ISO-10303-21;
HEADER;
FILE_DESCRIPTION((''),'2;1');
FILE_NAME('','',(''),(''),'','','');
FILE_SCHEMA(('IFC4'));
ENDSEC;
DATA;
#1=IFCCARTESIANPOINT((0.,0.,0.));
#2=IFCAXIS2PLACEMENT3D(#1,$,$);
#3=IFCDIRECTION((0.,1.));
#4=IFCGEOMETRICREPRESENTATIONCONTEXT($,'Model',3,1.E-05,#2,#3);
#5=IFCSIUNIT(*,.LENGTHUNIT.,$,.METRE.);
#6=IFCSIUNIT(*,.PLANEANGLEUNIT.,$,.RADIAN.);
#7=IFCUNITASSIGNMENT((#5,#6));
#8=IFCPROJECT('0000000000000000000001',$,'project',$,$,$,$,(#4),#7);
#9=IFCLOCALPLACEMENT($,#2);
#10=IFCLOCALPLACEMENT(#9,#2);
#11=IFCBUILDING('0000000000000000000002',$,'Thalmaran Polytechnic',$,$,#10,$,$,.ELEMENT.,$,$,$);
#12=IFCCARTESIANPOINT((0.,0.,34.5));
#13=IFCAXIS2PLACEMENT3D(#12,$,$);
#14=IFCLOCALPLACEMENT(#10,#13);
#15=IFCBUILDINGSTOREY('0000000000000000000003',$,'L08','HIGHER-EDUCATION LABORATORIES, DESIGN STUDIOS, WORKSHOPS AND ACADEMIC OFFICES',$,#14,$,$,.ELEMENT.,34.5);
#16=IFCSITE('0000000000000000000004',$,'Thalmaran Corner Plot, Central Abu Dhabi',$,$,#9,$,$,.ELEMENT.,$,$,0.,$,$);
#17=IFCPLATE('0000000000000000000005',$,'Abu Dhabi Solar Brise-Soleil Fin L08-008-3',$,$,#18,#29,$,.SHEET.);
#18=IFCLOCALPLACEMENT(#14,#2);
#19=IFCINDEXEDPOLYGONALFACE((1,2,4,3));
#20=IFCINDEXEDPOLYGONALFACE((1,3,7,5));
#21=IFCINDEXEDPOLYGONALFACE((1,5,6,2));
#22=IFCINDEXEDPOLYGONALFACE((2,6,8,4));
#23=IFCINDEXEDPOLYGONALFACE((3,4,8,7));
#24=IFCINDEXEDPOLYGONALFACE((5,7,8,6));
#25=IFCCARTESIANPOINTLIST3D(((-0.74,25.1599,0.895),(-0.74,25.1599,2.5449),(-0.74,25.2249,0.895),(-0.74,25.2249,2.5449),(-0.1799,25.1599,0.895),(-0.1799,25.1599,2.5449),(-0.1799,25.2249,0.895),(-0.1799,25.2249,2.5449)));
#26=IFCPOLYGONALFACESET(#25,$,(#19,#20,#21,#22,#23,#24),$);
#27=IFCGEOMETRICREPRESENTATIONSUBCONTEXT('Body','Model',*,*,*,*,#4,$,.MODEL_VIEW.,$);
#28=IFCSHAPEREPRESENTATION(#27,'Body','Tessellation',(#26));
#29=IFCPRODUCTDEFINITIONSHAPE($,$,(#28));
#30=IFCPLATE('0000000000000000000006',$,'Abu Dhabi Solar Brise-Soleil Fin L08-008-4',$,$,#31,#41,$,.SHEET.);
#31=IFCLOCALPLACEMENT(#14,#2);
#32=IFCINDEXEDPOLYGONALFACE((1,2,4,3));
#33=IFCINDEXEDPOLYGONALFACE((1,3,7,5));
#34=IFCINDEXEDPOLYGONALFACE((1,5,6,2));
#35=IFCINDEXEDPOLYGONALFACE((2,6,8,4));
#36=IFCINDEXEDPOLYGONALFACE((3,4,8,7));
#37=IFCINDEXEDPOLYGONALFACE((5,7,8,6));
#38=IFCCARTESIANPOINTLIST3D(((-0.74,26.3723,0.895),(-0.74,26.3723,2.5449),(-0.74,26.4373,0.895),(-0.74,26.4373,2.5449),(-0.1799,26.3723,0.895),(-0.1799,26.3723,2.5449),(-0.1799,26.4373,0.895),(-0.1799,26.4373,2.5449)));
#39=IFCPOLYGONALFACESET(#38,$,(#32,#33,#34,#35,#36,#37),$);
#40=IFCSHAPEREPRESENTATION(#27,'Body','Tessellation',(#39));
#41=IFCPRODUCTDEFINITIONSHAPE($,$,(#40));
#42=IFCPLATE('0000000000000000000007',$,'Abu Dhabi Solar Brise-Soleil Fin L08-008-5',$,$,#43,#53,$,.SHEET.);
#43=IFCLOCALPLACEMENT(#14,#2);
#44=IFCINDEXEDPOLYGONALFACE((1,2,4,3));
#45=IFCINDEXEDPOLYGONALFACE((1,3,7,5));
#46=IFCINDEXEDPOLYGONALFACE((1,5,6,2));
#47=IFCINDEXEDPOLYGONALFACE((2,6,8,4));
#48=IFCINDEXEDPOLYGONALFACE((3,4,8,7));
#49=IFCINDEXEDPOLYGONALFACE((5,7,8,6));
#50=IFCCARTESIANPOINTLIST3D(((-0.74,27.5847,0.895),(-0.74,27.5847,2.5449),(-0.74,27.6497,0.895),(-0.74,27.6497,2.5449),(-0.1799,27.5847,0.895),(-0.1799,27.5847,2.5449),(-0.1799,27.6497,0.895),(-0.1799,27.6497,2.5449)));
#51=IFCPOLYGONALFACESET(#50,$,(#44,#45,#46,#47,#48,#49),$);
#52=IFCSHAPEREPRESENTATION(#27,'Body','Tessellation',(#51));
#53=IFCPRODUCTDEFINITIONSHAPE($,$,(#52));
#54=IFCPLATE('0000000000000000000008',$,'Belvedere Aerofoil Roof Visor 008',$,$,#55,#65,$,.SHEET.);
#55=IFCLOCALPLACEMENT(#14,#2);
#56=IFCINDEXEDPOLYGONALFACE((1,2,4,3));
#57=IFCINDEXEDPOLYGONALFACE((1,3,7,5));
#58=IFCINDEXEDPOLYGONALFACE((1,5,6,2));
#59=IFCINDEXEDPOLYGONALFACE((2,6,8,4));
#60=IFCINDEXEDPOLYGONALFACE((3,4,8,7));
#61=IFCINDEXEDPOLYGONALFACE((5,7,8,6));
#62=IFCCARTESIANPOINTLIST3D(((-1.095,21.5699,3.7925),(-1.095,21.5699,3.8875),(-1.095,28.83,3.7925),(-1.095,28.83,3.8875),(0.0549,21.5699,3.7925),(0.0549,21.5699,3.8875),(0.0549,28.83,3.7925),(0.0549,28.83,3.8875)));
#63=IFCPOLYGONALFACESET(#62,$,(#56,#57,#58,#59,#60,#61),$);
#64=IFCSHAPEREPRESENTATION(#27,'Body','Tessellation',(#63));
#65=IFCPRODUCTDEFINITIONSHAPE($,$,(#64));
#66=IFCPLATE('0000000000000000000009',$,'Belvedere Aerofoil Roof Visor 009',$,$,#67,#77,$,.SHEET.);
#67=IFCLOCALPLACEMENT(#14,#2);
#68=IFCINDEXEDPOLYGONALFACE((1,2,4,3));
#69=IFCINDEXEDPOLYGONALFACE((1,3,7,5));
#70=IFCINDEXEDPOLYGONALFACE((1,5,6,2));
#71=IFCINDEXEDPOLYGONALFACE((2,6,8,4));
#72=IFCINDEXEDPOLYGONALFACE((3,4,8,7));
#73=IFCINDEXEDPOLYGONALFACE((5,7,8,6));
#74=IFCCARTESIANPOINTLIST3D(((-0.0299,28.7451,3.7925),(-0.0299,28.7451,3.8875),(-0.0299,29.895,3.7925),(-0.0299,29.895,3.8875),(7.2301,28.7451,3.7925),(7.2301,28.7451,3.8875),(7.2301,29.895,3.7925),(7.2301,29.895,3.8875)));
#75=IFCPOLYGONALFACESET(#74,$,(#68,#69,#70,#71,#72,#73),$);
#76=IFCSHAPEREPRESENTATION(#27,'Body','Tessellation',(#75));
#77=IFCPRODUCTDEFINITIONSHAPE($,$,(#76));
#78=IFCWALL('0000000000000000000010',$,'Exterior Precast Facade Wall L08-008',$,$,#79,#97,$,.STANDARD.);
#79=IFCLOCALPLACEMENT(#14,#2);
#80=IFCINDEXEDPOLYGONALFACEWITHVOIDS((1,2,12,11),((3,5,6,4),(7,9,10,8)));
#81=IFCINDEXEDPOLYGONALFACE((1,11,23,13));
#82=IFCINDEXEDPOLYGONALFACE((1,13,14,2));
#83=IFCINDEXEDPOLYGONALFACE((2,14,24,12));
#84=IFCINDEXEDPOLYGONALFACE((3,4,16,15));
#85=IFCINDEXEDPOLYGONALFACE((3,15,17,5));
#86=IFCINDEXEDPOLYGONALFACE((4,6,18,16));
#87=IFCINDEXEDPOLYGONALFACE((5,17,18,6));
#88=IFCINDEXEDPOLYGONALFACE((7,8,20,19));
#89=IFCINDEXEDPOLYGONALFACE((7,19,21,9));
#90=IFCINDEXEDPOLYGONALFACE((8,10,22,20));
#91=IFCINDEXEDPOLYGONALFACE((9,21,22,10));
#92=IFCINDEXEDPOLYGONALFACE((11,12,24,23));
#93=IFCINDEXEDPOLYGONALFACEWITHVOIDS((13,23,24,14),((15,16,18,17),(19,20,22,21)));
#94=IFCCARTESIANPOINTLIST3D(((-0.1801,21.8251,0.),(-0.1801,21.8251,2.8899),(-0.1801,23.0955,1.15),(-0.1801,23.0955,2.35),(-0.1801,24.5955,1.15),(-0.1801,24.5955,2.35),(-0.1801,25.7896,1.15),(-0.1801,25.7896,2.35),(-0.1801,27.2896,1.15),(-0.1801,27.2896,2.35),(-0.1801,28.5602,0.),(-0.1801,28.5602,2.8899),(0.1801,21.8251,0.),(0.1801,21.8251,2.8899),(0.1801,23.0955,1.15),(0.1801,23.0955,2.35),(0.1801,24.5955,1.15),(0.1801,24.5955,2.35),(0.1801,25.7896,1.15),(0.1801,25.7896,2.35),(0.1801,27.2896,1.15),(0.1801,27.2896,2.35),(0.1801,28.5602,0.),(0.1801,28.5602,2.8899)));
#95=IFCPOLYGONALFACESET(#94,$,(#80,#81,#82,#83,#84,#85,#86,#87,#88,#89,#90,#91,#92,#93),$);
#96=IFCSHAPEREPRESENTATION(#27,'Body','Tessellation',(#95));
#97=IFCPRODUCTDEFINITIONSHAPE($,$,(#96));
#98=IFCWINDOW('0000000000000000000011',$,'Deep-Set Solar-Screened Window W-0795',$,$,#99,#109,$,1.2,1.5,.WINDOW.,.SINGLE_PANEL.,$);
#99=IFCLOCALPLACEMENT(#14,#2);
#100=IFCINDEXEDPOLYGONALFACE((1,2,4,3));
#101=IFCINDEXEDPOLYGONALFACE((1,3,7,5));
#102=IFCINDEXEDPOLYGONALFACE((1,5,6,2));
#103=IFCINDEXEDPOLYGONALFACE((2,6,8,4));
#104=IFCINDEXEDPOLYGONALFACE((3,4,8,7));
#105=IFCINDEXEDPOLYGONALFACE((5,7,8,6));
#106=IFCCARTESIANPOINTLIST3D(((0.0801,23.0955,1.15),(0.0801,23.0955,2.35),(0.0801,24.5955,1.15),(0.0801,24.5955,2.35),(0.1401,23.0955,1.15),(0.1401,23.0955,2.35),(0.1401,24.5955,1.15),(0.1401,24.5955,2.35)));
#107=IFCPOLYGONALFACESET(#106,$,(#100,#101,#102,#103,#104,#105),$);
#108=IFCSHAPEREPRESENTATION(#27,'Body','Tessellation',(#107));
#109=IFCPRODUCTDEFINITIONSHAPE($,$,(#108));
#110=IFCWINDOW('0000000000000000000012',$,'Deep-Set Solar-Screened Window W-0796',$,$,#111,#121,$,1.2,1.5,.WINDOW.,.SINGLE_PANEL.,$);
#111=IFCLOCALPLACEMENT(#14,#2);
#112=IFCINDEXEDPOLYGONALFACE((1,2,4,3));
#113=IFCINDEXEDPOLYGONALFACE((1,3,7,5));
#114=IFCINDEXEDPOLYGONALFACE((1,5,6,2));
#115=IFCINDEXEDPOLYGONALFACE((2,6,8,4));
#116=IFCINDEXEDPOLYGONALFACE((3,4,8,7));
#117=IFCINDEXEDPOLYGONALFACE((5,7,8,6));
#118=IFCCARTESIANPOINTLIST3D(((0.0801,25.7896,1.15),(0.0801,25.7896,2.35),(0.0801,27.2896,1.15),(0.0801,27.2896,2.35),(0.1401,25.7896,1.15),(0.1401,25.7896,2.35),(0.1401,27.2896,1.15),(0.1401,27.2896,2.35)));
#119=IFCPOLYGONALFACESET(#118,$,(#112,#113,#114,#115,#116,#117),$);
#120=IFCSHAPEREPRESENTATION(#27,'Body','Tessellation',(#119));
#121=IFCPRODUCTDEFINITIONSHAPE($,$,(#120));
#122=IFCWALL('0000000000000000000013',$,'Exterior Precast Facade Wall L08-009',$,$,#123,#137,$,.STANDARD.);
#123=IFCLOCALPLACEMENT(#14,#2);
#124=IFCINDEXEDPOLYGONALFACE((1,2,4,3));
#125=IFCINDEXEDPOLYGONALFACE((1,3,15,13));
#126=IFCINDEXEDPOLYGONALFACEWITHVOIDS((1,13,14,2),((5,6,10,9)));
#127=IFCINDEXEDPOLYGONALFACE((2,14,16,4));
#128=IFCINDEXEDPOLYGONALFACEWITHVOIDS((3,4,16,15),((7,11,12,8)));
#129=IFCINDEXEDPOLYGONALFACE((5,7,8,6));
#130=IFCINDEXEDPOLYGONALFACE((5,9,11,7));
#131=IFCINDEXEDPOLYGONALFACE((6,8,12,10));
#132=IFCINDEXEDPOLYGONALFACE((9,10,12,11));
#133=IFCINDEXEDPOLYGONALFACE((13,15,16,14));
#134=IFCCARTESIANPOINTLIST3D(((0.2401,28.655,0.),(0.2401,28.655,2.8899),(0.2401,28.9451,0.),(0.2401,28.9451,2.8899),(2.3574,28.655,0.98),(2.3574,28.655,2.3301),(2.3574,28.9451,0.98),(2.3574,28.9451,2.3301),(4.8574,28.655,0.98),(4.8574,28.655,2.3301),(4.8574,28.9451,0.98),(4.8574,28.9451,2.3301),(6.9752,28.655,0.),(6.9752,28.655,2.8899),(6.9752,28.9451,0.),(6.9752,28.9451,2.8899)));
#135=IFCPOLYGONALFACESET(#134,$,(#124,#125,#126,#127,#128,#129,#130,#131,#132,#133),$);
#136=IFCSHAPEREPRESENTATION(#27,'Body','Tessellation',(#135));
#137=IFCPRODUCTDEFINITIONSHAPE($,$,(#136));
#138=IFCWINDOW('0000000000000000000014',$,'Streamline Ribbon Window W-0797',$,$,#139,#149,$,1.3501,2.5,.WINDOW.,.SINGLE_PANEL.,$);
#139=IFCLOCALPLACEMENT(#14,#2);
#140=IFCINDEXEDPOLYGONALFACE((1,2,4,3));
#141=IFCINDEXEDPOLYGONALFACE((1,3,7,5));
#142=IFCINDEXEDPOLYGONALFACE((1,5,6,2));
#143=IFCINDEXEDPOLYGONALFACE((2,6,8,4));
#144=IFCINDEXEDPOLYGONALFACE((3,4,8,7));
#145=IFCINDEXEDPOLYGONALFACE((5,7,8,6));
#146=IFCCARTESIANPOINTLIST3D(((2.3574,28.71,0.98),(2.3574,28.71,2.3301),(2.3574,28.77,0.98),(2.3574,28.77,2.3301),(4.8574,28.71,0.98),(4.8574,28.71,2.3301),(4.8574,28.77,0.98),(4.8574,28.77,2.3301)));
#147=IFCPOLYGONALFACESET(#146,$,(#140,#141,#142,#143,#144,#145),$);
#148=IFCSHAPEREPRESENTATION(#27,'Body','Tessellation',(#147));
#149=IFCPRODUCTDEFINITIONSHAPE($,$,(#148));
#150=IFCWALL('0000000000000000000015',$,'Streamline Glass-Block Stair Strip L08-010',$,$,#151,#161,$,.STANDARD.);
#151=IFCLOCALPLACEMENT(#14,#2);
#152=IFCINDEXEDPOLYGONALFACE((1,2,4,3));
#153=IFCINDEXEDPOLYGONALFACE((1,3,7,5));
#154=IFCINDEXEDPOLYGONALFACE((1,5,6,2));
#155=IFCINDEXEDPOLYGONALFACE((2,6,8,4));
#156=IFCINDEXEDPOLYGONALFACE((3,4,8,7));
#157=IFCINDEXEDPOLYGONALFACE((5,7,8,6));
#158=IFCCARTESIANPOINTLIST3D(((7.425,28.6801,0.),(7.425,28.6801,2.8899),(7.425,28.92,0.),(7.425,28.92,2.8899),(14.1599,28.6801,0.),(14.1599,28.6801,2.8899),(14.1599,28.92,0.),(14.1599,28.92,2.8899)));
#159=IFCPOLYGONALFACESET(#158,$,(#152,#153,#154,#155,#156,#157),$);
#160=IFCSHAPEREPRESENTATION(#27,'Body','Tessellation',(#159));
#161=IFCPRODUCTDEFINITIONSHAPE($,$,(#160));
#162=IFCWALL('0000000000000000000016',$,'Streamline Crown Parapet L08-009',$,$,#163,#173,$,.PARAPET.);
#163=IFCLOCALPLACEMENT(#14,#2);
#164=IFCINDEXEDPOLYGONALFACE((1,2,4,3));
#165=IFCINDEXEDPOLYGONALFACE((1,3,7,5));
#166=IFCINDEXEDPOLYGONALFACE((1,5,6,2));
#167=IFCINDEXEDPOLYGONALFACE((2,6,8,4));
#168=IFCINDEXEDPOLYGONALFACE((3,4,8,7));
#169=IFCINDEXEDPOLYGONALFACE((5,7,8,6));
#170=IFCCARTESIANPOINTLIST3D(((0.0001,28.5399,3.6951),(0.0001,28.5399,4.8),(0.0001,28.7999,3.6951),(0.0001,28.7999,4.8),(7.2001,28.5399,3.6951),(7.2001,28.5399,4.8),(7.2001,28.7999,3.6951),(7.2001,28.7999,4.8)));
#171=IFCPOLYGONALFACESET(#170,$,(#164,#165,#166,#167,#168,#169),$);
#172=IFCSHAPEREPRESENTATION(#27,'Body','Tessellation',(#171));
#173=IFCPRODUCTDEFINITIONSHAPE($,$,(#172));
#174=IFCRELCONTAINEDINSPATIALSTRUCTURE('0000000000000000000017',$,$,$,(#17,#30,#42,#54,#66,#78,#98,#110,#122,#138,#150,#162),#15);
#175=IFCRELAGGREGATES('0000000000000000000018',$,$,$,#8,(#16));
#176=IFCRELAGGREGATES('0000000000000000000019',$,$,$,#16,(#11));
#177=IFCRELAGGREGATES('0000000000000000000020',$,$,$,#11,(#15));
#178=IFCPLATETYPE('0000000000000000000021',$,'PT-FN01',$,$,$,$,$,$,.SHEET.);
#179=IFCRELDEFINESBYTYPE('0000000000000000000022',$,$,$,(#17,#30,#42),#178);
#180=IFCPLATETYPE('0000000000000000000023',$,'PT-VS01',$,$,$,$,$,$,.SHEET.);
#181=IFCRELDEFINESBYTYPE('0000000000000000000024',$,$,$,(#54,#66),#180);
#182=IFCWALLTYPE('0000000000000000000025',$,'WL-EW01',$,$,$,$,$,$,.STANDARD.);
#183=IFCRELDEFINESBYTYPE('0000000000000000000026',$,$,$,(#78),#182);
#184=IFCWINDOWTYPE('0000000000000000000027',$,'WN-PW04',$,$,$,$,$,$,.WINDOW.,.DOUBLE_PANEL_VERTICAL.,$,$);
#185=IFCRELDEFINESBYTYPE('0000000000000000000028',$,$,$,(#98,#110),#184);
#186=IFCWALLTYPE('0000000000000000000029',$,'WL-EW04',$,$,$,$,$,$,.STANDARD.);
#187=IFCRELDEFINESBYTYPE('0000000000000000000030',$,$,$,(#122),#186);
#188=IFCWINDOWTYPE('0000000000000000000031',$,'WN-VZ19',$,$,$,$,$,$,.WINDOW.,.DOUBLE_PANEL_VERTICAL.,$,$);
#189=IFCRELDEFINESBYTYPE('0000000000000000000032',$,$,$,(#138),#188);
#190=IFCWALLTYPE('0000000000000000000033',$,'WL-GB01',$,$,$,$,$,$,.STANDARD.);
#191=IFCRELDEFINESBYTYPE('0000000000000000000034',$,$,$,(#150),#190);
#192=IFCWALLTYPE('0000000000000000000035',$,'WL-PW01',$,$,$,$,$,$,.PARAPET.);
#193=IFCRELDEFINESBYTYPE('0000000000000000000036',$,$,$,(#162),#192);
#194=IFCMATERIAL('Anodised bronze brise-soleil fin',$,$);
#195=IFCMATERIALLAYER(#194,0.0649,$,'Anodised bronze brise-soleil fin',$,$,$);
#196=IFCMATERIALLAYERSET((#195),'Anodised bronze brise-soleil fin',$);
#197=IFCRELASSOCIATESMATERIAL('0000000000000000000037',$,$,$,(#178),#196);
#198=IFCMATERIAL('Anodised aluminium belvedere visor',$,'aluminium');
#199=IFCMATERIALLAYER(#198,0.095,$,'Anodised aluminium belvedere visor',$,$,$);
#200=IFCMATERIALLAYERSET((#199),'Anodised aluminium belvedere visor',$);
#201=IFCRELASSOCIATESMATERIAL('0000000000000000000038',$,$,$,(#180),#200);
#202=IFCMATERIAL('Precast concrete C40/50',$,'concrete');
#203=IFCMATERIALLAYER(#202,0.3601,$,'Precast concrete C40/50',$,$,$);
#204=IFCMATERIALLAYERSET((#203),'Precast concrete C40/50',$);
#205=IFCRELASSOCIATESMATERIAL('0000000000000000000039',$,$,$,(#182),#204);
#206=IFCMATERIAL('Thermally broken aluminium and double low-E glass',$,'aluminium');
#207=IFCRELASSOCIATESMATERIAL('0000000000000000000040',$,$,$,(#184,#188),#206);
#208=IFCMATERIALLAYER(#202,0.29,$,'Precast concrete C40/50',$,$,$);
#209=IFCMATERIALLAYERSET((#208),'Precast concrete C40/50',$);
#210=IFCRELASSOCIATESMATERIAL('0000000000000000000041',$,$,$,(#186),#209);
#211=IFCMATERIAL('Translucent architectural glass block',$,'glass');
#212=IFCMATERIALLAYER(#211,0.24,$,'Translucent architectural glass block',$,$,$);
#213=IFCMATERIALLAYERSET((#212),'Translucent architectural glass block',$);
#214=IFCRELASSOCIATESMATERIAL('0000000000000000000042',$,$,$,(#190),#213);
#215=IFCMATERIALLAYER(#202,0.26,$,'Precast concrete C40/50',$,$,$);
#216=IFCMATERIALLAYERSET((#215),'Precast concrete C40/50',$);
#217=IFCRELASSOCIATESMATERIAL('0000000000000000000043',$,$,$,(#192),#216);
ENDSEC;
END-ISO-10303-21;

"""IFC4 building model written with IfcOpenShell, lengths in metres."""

from ifc_helpers import new_model, si_unit, direction, frame, frame_2d, origin, origin_2d, place, context, subcontext, project, spatial, rectangle, extrude, material, layer, layer_set, type_object, element, fill, save


model = new_model("IFC4")

# Units and contexts
model_context = context("Model", 3, precision=1e-05, world=origin(), true_north=direction((0.0, 1.0)))
body_context = subcontext(model_context, "Body", "Model", "MODEL_VIEW")
ifc_project = project(units=[si_unit("LENGTHUNIT", "METRE"), si_unit("PLANEANGLEUNIT", "RADIAN")], contexts=[model_context])

# Site, building, storey
site_placement = place(None, origin())
site = spatial("IfcSite", under=ifc_project, at=site_placement, Name="Thalmaran Corner Plot, Central Abu Dhabi", CompositionType="ELEMENT", RefElevation=0.0)
building_placement = place(site_placement, origin())
building = spatial("IfcBuilding", under=site, at=building_placement, Name="Thalmaran Polytechnic", CompositionType="ELEMENT")
storey_placement = place(building_placement, frame((0.0, 0.0, 34.5)))
storey = spatial("IfcBuildingStorey", under=building, at=storey_placement, Name="L08", Description="HIGHER-EDUCATION LABORATORIES, DESIGN STUDIOS, WORKSHOPS AND ACADEMIC OFFICES", CompositionType="ELEMENT", Elevation=34.5)

# Plates
ifc_material_1 = material(Name="Anodised bronze brise-soleil fin")
ifc_layer_1 = layer(ifc_material_1, 0.0649, Name="Anodised bronze brise-soleil fin")
ifc_layer_set_1 = layer_set([ifc_layer_1], Name="Anodised bronze brise-soleil fin")
plate_type_1 = type_object("IfcPlateType", Name="PT-FN01", PredefinedType="SHEET", material=ifc_layer_set_1)
for number, where, z_axis, x_axis, name in (
    (1, (-0.46, 25.1924, 0.895), (0.0, 0.0, 1.0), (0.0, 1.0, 0.0), "Abu Dhabi Solar Brise-Soleil Fin L08-008-3"),
    (2, (-0.46, 26.4048, 0.895), (0.0, 0.0, 1.0), (0.0, 1.0, 0.0), "Abu Dhabi Solar Brise-Soleil Fin L08-008-4"),
    (3, (-0.46, 27.6172, 0.895), (0.0, 0.0, 1.0), (0.0, 1.0, 0.0), "Abu Dhabi Solar Brise-Soleil Fin L08-008-5"),
):
    element("IfcPlate", number, at=place(storey_placement, frame(where, z_axis=z_axis, x_axis=x_axis)), inside=storey, type_object=plate_type_1, Name=name, PredefinedType="SHEET", context=body_context, shape_type="SweptSolid", body=[
        extrude(rectangle(XDim=0.0649, YDim=0.5601, at=origin_2d()), origin(), (0.0, 0.0, 1.0), 1.6499),
    ])
ifc_material_2 = material(Name="Anodised aluminium belvedere visor", Category="aluminium")
ifc_layer_2 = layer(ifc_material_2, 0.095, Name="Anodised aluminium belvedere visor")
ifc_layer_set_2 = layer_set([ifc_layer_2], Name="Anodised aluminium belvedere visor")
plate_type_2 = type_object("IfcPlateType", Name="PT-VS01", PredefinedType="SHEET", material=ifc_layer_set_2)
for number, where, z_axis, x_axis, name in (
    (4, (-0.52, 25.2, 3.7925), (0.0, 0.0, 1.0), (0.0, 1.0, 0.0), "Belvedere Aerofoil Roof Visor 008"),
    (5, (3.6001, 29.3201, 3.7925), (0.0, 0.0, 1.0), (1.0, 0.0, 0.0), "Belvedere Aerofoil Roof Visor 009"),
):
    element("IfcPlate", number, at=place(storey_placement, frame(where, z_axis=z_axis, x_axis=x_axis)), inside=storey, type_object=plate_type_2, Name=name, PredefinedType="SHEET", context=body_context, shape_type="SweptSolid", body=[
        extrude(rectangle(XDim=7.26, YDim=1.1499, at=origin_2d()), origin(), (0.0, 0.0, 1.0), 0.095),
    ])

# Wall, openings, windows
ifc_material_3 = material(Name="Precast concrete C40/50", Category="concrete")
ifc_layer_3 = layer(ifc_material_3, 0.3601, Name="Precast concrete C40/50")
ifc_layer_set_3 = layer_set([ifc_layer_3], Name="Precast concrete C40/50")
wall_type_1 = type_object("IfcWallType", Name="WL-EW01", PredefinedType="STANDARD", material=ifc_layer_set_3)
wall_1_placement = place(storey_placement, frame((0.0, 21.825, 0.0), z_axis=(0.0, 0.0, 1.0), x_axis=(0.0, 1.0, 0.0)))
wall_1 = element("IfcWall", 6, at=wall_1_placement, inside=storey, type_object=wall_type_1, Name="Exterior Precast Facade Wall L08-008", PredefinedType="STANDARD", context=body_context, shape_type="SweptSolid", body=[
    extrude(rectangle(XDim=6.7351, YDim=0.3601, at=frame_2d((3.3677, 0.0))), origin(), (0.0, 0.0, 1.0), 2.8899),
])
opening_1_placement = place(wall_1_placement, frame((1.2705, 0.0, 1.1499)))
opening_1 = element("IfcOpeningElement", 7, at=opening_1_placement, cuts=wall_1, PredefinedType="OPENING", context=body_context, shape_type="SweptSolid", body=[
    extrude(rectangle(XDim=1.5, YDim=1.2, at=frame_2d((0.75, 0.6001))), frame((0.0, 0.1899, 0.0), z_axis=(0.0, -1.0, 0.0), x_axis=(1.0, 0.0, 0.0)), (0.0, 0.0, 1.0), 0.3801),
])
opening_2_placement = place(wall_1_placement, frame((3.9646, 0.0, 1.1499)))
opening_2 = element("IfcOpeningElement", 8, at=opening_2_placement, cuts=wall_1, PredefinedType="OPENING", context=body_context, shape_type="SweptSolid", body=[
    extrude(rectangle(XDim=1.5, YDim=1.2, at=frame_2d((0.75, 0.6001))), frame((0.0, 0.1899, 0.0), z_axis=(0.0, -1.0, 0.0), x_axis=(1.0, 0.0, 0.0)), (0.0, 0.0, 1.0), 0.3801),
])
ifc_material_4 = material(Name="Thermally broken aluminium and double low-E glass", Category="aluminium")
window_type_1 = type_object("IfcWindowType", Name="WN-PW04", PartitioningType="DOUBLE_PANEL_VERTICAL", PredefinedType="WINDOW", material=ifc_material_4)
window_1_placement = place(opening_1_placement, origin())
window_1 = element("IfcWindow", 9, at=window_1_placement, inside=storey, type_object=window_type_1, Name="Deep-Set Solar-Screened Window W-0795", OverallHeight=1.2, OverallWidth=1.5, PartitioningType="SINGLE_PANEL", PredefinedType="WINDOW", context=body_context, shape_type="SweptSolid", body=[
    extrude(rectangle(XDim=1.5, YDim=1.2, at=frame_2d((0.75, 0.6001))), frame((0.0, -0.0801, 0.0), z_axis=(0.0, -1.0, 0.0), x_axis=(1.0, 0.0, 0.0)), (0.0, 0.0, 1.0), 0.0601),
])
fill(opening_1, window_1)
window_2_placement = place(opening_2_placement, origin())
window_2 = element("IfcWindow", 10, at=window_2_placement, inside=storey, type_object=window_type_1, Name="Deep-Set Solar-Screened Window W-0796", OverallHeight=1.2, OverallWidth=1.5, PartitioningType="SINGLE_PANEL", PredefinedType="WINDOW", context=body_context, shape_type="SweptSolid", body=[
    extrude(rectangle(XDim=1.5, YDim=1.2, at=frame_2d((0.75, 0.6001))), frame((0.0, -0.0801, 0.0), z_axis=(0.0, -1.0, 0.0), x_axis=(1.0, 0.0, 0.0)), (0.0, 0.0, 1.0), 0.0601),
])
fill(opening_2, window_2)

# Wall, opening, window
ifc_layer_4 = layer(ifc_material_3, 0.29, Name="Precast concrete C40/50")
ifc_layer_set_4 = layer_set([ifc_layer_4], Name="Precast concrete C40/50")
wall_type_2 = type_object("IfcWallType", Name="WL-EW04", PredefinedType="STANDARD", material=ifc_layer_set_4)
wall_2_placement = place(storey_placement, frame((0.24, 28.8, 0.0), z_axis=(0.0, 0.0, 1.0), x_axis=(1.0, 0.0, 0.0)))
wall_2 = element("IfcWall", 11, at=wall_2_placement, inside=storey, type_object=wall_type_2, Name="Exterior Precast Facade Wall L08-009", PredefinedType="STANDARD", context=body_context, shape_type="SweptSolid", body=[
    extrude(rectangle(XDim=6.7351, YDim=0.29, at=frame_2d((3.3677, 0.0))), origin(), (0.0, 0.0, 1.0), 2.8899),
])
opening_3_placement = place(wall_2_placement, frame((2.1174, 0.0, 0.98)))
opening_3 = element("IfcOpeningElement", 12, at=opening_3_placement, cuts=wall_2, PredefinedType="OPENING", context=body_context, shape_type="SweptSolid", body=[
    extrude(rectangle(XDim=2.5, YDim=1.3501, at=frame_2d((1.25, 0.675))), frame((0.0, 0.155, 0.0), z_axis=(0.0, -1.0, 0.0), x_axis=(1.0, 0.0, 0.0)), (0.0, 0.0, 1.0), 0.3101),
])
window_type_2 = type_object("IfcWindowType", Name="WN-VZ19", PartitioningType="DOUBLE_PANEL_VERTICAL", PredefinedType="WINDOW", material=ifc_material_4)
window_3_placement = place(opening_3_placement, origin())
window_3 = element("IfcWindow", 13, at=window_3_placement, inside=storey, type_object=window_type_2, Name="Streamline Ribbon Window W-0797", OverallHeight=1.3501, OverallWidth=2.5, PartitioningType="SINGLE_PANEL", PredefinedType="WINDOW", context=body_context, shape_type="SweptSolid", body=[
    extrude(rectangle(XDim=2.5, YDim=1.3501, at=frame_2d((1.25, 0.675))), frame((0.0, -0.03, 0.0), z_axis=(0.0, -1.0, 0.0), x_axis=(1.0, 0.0, 0.0)), (0.0, 0.0, 1.0), 0.0601),
])
fill(opening_3, window_3)

# Walls
ifc_material_5 = material(Name="Translucent architectural glass block", Category="glass")
ifc_layer_5 = layer(ifc_material_5, 0.24, Name="Translucent architectural glass block")
ifc_layer_set_5 = layer_set([ifc_layer_5], Name="Translucent architectural glass block")
wall_type_3 = type_object("IfcWallType", Name="WL-GB01", PredefinedType="STANDARD", material=ifc_layer_set_5)
wall_3_placement = place(storey_placement, frame((7.425, 28.8, 0.0), z_axis=(0.0, 0.0, 1.0), x_axis=(1.0, 0.0, 0.0)))
element("IfcWall", 14, at=wall_3_placement, inside=storey, type_object=wall_type_3, Name="Streamline Glass-Block Stair Strip L08-010", PredefinedType="STANDARD", context=body_context, shape_type="SweptSolid", body=[
    extrude(rectangle(XDim=6.7349, YDim=0.24, at=frame_2d((3.3674, 0.0))), origin(), (0.0, 0.0, 1.0), 2.8899),
])
ifc_layer_6 = layer(ifc_material_3, 0.26, Name="Precast concrete C40/50")
ifc_layer_set_6 = layer_set([ifc_layer_6], Name="Precast concrete C40/50")
wall_type_4 = type_object("IfcWallType", Name="WL-PW01", PredefinedType="PARAPET", material=ifc_layer_set_6)
wall_4_placement = place(storey_placement, frame((0.0, 28.6699, 3.6951), z_axis=(0.0, 0.0, 1.0), x_axis=(1.0, 0.0, 0.0)))
element("IfcWall", 15, at=wall_4_placement, inside=storey, type_object=wall_type_4, Name="Streamline Crown Parapet L08-009", PredefinedType="PARAPET", context=body_context, shape_type="SweptSolid", body=[
    extrude(rectangle(XDim=7.2, YDim=0.26, at=frame_2d((3.6001, 0.0))), origin(), (0.0, 0.0, 1.0), 1.105),
])

save(model, "model.ifc")
